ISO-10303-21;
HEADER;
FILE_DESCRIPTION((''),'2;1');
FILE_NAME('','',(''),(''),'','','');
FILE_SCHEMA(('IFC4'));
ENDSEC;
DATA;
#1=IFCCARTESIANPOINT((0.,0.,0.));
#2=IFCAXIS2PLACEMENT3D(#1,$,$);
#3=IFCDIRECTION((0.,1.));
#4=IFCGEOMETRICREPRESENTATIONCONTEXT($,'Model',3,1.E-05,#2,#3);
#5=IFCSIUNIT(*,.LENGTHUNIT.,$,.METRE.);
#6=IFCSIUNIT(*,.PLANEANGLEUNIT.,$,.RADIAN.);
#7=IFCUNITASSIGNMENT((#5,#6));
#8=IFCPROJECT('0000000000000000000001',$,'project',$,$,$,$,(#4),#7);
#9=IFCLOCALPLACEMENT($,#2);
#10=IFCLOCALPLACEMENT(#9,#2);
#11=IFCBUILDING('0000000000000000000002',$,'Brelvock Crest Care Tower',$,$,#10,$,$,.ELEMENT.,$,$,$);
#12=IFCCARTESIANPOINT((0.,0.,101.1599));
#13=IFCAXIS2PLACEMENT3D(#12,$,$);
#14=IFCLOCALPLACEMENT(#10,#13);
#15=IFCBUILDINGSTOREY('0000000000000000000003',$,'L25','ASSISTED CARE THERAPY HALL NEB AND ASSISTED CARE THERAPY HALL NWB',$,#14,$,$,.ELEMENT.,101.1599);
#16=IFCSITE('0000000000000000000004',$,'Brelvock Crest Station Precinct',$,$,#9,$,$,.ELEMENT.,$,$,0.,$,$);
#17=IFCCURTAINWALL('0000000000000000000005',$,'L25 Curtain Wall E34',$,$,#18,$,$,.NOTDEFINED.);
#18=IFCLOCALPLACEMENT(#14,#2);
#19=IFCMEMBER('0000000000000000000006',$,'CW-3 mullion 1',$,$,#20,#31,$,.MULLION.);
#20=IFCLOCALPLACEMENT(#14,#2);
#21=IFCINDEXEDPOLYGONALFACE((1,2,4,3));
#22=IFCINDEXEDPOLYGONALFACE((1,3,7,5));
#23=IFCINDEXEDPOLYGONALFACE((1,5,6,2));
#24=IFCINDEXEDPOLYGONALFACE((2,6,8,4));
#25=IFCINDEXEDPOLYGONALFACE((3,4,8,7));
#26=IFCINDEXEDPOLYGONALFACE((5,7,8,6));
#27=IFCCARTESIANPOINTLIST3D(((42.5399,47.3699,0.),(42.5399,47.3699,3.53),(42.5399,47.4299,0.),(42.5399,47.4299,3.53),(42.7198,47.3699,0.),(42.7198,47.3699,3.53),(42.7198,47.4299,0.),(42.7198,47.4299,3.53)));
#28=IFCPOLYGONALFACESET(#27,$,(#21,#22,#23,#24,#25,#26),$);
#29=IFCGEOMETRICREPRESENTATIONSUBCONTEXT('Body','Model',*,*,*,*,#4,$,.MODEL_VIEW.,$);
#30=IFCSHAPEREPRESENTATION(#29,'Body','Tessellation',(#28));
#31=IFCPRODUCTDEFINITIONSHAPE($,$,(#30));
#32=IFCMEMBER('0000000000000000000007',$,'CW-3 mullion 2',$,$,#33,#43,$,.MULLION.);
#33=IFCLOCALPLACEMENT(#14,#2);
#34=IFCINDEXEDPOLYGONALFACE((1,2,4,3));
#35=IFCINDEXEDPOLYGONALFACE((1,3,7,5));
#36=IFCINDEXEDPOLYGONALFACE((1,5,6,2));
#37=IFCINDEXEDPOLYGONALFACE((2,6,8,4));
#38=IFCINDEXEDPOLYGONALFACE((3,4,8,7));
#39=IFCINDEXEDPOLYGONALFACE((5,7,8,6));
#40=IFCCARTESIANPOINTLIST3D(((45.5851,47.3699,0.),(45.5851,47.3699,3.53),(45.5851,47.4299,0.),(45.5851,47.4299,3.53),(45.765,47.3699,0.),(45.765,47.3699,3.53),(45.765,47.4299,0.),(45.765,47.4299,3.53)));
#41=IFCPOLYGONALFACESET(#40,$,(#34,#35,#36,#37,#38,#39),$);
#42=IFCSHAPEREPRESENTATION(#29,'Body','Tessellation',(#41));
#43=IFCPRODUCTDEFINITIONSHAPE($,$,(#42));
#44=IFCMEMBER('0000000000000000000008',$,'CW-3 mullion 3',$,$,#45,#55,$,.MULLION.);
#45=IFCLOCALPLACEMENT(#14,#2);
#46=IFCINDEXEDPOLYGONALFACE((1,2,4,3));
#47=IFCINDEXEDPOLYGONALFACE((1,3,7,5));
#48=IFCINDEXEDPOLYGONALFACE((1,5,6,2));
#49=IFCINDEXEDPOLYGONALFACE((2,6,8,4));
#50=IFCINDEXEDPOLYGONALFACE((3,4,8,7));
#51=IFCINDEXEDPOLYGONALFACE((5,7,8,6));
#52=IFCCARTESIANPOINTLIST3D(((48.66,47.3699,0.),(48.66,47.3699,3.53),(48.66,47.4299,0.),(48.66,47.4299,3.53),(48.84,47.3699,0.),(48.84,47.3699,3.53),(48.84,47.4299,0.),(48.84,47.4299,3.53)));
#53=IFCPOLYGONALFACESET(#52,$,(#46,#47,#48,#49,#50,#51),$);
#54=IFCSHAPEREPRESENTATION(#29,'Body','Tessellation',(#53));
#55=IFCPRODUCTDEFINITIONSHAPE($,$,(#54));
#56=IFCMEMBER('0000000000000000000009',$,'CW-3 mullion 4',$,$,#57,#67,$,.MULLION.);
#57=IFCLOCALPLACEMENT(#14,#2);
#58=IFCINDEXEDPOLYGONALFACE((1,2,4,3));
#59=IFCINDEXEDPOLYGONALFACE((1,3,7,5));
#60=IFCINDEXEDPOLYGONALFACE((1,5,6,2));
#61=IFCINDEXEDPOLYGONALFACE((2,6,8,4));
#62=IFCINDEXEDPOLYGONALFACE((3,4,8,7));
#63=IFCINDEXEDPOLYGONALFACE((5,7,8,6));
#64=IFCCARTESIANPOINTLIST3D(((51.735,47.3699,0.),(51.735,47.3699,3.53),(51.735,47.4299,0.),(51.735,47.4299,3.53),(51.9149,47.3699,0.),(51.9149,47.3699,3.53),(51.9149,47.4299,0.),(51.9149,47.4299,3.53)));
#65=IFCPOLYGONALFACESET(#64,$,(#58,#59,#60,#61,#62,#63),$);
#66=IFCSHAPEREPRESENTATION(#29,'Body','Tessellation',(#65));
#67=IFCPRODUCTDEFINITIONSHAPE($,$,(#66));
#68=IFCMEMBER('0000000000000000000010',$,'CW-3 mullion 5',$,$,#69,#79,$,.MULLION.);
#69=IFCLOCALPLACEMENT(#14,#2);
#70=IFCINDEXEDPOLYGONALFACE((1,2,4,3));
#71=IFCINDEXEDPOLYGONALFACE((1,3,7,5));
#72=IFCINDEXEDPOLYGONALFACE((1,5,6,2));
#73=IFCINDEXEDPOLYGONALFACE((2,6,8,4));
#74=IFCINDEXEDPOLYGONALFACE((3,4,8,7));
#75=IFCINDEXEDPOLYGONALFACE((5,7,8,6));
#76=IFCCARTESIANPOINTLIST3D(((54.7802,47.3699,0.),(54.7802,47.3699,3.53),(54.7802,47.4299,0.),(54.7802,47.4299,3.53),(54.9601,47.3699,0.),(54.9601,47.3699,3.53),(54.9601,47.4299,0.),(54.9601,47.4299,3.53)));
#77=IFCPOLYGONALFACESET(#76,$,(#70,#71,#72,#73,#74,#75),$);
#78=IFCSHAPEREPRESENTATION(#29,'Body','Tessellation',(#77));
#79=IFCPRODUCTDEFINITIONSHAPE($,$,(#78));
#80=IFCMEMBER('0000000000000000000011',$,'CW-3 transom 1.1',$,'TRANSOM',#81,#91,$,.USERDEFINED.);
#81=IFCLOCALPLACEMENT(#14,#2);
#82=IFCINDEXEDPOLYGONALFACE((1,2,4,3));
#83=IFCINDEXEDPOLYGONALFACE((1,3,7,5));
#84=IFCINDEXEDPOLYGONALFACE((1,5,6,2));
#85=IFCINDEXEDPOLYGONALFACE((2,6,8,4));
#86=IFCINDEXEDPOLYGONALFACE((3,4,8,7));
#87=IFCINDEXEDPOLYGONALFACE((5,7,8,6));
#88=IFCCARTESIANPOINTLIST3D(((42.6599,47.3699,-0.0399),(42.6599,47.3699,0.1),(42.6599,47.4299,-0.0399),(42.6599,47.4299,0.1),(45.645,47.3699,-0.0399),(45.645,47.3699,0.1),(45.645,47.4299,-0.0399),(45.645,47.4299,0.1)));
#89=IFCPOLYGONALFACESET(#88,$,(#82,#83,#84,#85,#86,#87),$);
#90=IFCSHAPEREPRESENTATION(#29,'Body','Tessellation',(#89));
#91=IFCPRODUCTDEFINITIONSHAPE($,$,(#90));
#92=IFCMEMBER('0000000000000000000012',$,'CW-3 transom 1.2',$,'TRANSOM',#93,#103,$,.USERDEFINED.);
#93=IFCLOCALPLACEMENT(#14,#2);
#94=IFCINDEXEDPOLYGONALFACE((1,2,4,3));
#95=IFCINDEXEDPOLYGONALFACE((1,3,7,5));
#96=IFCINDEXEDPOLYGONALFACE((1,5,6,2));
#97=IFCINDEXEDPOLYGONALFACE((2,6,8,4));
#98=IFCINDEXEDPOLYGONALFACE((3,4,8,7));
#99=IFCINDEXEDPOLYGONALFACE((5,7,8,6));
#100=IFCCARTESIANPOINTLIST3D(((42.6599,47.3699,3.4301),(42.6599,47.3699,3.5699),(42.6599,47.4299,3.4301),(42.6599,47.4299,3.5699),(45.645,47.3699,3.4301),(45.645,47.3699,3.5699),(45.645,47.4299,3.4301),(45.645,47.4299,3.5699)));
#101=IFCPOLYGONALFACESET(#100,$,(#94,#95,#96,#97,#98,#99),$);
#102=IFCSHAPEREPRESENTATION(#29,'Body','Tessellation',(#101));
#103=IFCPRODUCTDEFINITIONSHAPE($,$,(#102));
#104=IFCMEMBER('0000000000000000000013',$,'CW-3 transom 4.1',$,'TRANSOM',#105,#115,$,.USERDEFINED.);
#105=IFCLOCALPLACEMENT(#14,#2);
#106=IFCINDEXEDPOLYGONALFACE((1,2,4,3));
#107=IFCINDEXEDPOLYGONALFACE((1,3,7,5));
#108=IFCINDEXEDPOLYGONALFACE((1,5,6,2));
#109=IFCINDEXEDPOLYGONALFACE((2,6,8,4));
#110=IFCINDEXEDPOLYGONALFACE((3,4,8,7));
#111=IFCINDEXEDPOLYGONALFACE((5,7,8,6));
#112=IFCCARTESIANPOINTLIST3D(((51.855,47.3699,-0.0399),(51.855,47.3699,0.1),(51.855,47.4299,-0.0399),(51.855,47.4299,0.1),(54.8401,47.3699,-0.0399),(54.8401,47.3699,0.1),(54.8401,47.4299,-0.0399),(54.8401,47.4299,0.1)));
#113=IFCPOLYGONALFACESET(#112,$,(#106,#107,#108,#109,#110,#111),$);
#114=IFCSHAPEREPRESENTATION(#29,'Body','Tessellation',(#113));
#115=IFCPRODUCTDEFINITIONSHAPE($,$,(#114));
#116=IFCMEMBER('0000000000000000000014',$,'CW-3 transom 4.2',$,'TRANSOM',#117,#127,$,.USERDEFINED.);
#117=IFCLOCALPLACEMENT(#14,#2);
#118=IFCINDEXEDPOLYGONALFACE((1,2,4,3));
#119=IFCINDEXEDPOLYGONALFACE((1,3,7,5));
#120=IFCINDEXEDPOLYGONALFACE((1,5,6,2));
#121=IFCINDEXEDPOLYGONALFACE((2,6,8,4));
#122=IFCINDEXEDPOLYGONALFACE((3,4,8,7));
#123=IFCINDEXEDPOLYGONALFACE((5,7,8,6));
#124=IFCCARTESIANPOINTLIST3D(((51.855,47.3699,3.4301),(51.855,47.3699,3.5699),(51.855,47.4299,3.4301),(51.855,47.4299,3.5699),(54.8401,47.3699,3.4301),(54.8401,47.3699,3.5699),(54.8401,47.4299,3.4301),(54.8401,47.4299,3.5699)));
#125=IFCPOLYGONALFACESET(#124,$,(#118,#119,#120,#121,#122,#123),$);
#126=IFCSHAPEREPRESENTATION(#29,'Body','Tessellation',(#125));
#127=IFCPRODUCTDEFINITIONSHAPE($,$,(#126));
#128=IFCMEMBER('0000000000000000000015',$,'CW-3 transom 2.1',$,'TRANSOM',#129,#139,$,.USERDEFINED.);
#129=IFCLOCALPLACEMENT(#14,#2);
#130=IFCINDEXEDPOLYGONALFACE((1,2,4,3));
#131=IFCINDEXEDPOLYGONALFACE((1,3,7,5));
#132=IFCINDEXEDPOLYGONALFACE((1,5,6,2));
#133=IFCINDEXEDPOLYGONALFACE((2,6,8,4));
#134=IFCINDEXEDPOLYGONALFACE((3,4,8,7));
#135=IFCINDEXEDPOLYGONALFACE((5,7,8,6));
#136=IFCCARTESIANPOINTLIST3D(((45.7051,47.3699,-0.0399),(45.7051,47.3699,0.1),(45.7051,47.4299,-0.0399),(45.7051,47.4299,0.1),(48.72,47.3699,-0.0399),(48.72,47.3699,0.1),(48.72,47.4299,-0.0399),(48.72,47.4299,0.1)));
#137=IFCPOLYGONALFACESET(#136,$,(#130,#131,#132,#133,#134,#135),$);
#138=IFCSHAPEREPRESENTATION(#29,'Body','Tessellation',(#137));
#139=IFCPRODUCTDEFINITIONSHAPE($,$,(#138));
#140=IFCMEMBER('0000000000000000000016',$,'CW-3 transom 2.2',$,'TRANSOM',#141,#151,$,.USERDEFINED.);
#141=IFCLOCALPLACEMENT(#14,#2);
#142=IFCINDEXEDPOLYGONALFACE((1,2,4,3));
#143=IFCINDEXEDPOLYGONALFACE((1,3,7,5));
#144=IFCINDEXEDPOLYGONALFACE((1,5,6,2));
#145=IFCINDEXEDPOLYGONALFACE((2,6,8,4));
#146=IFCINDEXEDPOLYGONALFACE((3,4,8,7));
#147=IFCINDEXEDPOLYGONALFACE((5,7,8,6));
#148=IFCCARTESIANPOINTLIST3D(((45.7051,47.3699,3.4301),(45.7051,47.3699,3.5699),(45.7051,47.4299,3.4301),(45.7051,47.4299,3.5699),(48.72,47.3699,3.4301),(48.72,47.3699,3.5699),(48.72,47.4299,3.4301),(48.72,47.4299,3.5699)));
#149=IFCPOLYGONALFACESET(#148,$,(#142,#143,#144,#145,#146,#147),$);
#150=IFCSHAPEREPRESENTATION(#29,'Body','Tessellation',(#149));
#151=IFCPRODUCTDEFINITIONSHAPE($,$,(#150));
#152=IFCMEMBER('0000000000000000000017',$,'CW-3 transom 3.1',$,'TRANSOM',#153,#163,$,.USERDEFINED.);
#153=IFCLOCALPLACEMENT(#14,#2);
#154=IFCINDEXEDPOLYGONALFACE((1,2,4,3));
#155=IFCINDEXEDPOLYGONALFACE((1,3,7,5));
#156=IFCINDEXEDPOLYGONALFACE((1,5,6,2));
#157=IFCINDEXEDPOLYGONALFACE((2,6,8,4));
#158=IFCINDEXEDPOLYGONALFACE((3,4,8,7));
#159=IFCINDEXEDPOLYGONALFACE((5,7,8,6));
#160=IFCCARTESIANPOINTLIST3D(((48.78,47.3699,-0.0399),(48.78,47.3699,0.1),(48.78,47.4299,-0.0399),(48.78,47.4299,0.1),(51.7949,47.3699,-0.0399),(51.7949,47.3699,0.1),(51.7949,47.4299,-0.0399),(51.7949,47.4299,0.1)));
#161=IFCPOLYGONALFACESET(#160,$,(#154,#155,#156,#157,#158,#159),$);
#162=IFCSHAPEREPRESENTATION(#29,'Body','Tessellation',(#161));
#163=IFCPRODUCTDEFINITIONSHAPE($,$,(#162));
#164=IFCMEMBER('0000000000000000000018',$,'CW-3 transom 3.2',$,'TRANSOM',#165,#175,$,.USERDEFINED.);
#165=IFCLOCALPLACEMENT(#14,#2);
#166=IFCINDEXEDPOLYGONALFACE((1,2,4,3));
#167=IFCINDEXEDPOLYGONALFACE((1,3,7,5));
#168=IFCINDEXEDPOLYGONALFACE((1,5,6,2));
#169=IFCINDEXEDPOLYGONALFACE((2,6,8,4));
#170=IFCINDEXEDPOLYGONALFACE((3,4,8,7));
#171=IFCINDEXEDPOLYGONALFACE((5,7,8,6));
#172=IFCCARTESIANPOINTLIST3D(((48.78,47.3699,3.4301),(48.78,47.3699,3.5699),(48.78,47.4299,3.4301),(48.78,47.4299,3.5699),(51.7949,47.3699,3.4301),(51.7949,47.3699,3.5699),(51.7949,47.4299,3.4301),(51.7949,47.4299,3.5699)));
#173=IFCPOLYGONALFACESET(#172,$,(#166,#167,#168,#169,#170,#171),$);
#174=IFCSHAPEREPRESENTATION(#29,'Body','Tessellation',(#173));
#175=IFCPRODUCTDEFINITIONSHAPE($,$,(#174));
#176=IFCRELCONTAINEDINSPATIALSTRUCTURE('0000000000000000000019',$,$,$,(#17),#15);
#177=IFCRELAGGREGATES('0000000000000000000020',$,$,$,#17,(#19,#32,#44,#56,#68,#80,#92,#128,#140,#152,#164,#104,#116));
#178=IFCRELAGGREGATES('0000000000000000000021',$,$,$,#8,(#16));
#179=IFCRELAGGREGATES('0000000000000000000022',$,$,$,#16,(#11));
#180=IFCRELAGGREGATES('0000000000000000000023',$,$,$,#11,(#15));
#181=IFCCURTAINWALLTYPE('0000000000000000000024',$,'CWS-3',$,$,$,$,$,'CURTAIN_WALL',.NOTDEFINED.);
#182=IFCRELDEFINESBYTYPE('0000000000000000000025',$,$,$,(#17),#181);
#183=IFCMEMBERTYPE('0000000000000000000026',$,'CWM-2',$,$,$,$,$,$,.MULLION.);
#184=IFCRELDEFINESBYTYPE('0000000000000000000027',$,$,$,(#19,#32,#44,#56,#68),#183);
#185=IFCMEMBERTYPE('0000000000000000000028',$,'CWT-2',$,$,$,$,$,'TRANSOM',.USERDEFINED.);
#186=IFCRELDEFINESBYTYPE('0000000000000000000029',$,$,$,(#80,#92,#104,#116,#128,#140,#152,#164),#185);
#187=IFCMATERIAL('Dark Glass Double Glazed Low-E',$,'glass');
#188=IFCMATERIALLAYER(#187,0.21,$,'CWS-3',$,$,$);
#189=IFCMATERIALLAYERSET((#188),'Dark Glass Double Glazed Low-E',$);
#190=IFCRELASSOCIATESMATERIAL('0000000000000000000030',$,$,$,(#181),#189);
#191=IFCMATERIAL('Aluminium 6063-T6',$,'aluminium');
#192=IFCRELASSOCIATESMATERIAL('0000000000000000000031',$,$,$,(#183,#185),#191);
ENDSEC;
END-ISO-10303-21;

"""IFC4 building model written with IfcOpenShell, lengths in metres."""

from ifc_helpers import new_model, si_unit, direction, frame, origin, origin_2d, place, context, subcontext, project, spatial, rectangle, extrude, source, transform, mapped, material, layer, layer_set, material_profile, profile_set, type_object, element, aggregate, save


model = new_model("IFC4")

# Units and contexts
model_context = context("Model", 3, precision=1e-05, world=origin(), true_north=direction((0.0, 1.0)))
body_context = subcontext(model_context, "Body", "Model", "MODEL_VIEW")
ifc_project = project(units=[si_unit("LENGTHUNIT", "METRE"), si_unit("PLANEANGLEUNIT", "RADIAN")], contexts=[model_context])

# Site, building, storey
site_placement = place(None, origin())
site = spatial("IfcSite", under=ifc_project, at=site_placement, Name="Brelvock Crest Station Precinct", CompositionType="ELEMENT", RefElevation=0.0)
building_placement = place(site_placement, origin())
building = spatial("IfcBuilding", under=site, at=building_placement, Name="Brelvock Crest Care Tower", CompositionType="ELEMENT")
storey_placement = place(building_placement, frame((0.0, 0.0, 101.1599)))
storey = spatial("IfcBuildingStorey", under=building, at=storey_placement, Name="L25", Description="ASSISTED CARE THERAPY HALL NEB AND ASSISTED CARE THERAPY HALL NWB", CompositionType="ELEMENT", Elevation=101.1599)

# Curtain wall, members
ifc_material_1 = material(Name="Dark Glass Double Glazed Low-E", Category="glass")
ifc_layer_1 = layer(ifc_material_1, 0.21, Name="CWS-3")
ifc_layer_set_1 = layer_set([ifc_layer_1], Name="Dark Glass Double Glazed Low-E")
curtain_wall_type = type_object("IfcCurtainWallType", Name="CWS-3", ElementType="CURTAIN_WALL", PredefinedType="NOTDEFINED", material=ifc_layer_set_1)
curtain_wall_placement = place(storey_placement, origin())
curtain_wall = element("IfcCurtainWall", 1, at=curtain_wall_placement, inside=storey, type_object=curtain_wall_type, Name="L25 Curtain Wall E34", PredefinedType="NOTDEFINED")
ifc_material_2 = material(Name="Aluminium 6063-T6", Category="aluminium")
ifc_material_profile_1 = material_profile(ifc_material_2, rectangle(XDim=0.0601, YDim=0.1799, at=origin_2d()), Name="ALU60x180")
ifc_profile_set_1 = profile_set([ifc_material_profile_1], Name="Aluminium 6063-T6")
member_type_1 = type_object("IfcMemberType", Name="CWM-2", PredefinedType="MULLION", material=ifc_profile_set_1)
shared_shape_1 = source(origin(), body_context, "Body", "SweptSolid", [
    extrude(rectangle(XDim=0.0601, YDim=0.1799, at=origin_2d()), origin(), (0.0, 0.0, 1.0), 3.53),
])
member_1_placement = place(storey_placement, frame((42.6299, 47.3999, 0.0), z_axis=(0.0, 0.0, 1.0), x_axis=(0.0, 1.0, 0.0)))
member_1 = element("IfcMember", 2, at=member_1_placement, type_object=member_type_1, Name="CW-3 mullion 1", PredefinedType="MULLION", context=body_context, shape_type="MappedRepresentation", body=[
    mapped(shared_shape_1, transform((0.0, 0.0, 0.0), x_axis=(1.0, 0.0, 0.0), y_axis=(0.0, 1.0, 0.0), z_axis=(0.0, 0.0, 1.0), scale=1.0)),
])
member_2_placement = place(storey_placement, frame((45.675, 47.3999, 0.0), z_axis=(0.0, 0.0, 1.0), x_axis=(0.0, 1.0, 0.0)))
member_2 = element("IfcMember", 3, at=member_2_placement, type_object=member_type_1, Name="CW-3 mullion 2", PredefinedType="MULLION", context=body_context, shape_type="MappedRepresentation", body=[
    mapped(shared_shape_1, transform((0.0, 0.0, 0.0), x_axis=(1.0, 0.0, 0.0), y_axis=(0.0, 1.0, 0.0), z_axis=(0.0, 0.0, 1.0), scale=1.0)),
])
member_3_placement = place(storey_placement, frame((48.75, 47.3999, 0.0), z_axis=(0.0, 0.0, 1.0), x_axis=(0.0, 1.0, 0.0)))
member_3 = element("IfcMember", 4, at=member_3_placement, type_object=member_type_1, Name="CW-3 mullion 3", PredefinedType="MULLION", context=body_context, shape_type="MappedRepresentation", body=[
    mapped(shared_shape_1, transform((0.0, 0.0, 0.0), x_axis=(1.0, 0.0, 0.0), y_axis=(0.0, 1.0, 0.0), z_axis=(0.0, 0.0, 1.0), scale=1.0)),
])
member_4_placement = place(storey_placement, frame((51.825, 47.3999, 0.0), z_axis=(0.0, 0.0, 1.0), x_axis=(0.0, 1.0, 0.0)))
member_4 = element("IfcMember", 5, at=member_4_placement, type_object=member_type_1, Name="CW-3 mullion 4", PredefinedType="MULLION", context=body_context, shape_type="MappedRepresentation", body=[
    mapped(shared_shape_1, transform((0.0, 0.0, 0.0), x_axis=(1.0, 0.0, 0.0), y_axis=(0.0, 1.0, 0.0), z_axis=(0.0, 0.0, 1.0), scale=1.0)),
])
member_5_placement = place(storey_placement, frame((54.8701, 47.3999, 0.0), z_axis=(0.0, 0.0, 1.0), x_axis=(0.0, 1.0, 0.0)))
member_5 = element("IfcMember", 6, at=member_5_placement, type_object=member_type_1, Name="CW-3 mullion 5", PredefinedType="MULLION", context=body_context, shape_type="MappedRepresentation", body=[
    mapped(shared_shape_1, transform((0.0, 0.0, 0.0), x_axis=(1.0, 0.0, 0.0), y_axis=(0.0, 1.0, 0.0), z_axis=(0.0, 0.0, 1.0), scale=1.0)),
])
ifc_material_profile_2 = material_profile(ifc_material_2, rectangle(XDim=0.0601, YDim=0.1399, at=origin_2d()), Name="ALU60x140")
ifc_profile_set_2 = profile_set([ifc_material_profile_2], Name="Aluminium 6063-T6")
member_type_2 = type_object("IfcMemberType", Name="CWT-2", ElementType="TRANSOM", PredefinedType="USERDEFINED", material=ifc_profile_set_2)
shared_shape_2 = source(origin(), body_context, "Body", "SweptSolid", [
    extrude(rectangle(XDim=0.0601, YDim=0.1399, at=origin_2d()), origin(), (0.0, 0.0, 1.0), 2.9851),
])
member_6_placement = place(storey_placement, frame((42.6599, 47.3999, 0.03), z_axis=(1.0, 0.0, 0.0), x_axis=(0.0, 1.0, 0.0)))
member_6 = element("IfcMember", 7, at=member_6_placement, type_object=member_type_2, Name="CW-3 transom 1.1", ObjectType="TRANSOM", PredefinedType="USERDEFINED", context=body_context, shape_type="MappedRepresentation", body=[
    mapped(shared_shape_2, transform((0.0, 0.0, 0.0), x_axis=(1.0, 0.0, 0.0), y_axis=(0.0, 1.0, 0.0), z_axis=(0.0, 0.0, 1.0), scale=1.0)),
])
member_7_placement = place(storey_placement, frame((42.6599, 47.3999, 3.5), z_axis=(1.0, 0.0, 0.0), x_axis=(0.0, 1.0, 0.0)))
member_7 = element("IfcMember", 8, at=member_7_placement, type_object=member_type_2, Name="CW-3 transom 1.2", ObjectType="TRANSOM", PredefinedType="USERDEFINED", context=body_context, shape_type="MappedRepresentation", body=[
    mapped(shared_shape_2, transform((0.0, 0.0, 0.0), x_axis=(1.0, 0.0, 0.0), y_axis=(0.0, 1.0, 0.0), z_axis=(0.0, 0.0, 1.0), scale=1.0)),
])
member_8_placement = place(storey_placement, frame((51.855, 47.3999, 0.03), z_axis=(1.0, 0.0, 0.0), x_axis=(0.0, 1.0, 0.0)))
member_8 = element("IfcMember", 9, at=member_8_placement, type_object=member_type_2, Name="CW-3 transom 4.1", ObjectType="TRANSOM", PredefinedType="USERDEFINED", context=body_context, shape_type="MappedRepresentation", body=[
    mapped(shared_shape_2, transform((0.0, 0.0, 0.0), x_axis=(1.0, 0.0, 0.0), y_axis=(0.0, 1.0, 0.0), z_axis=(0.0, 0.0, 1.0), scale=1.0)),
])
member_9_placement = place(storey_placement, frame((51.855, 47.3999, 3.5), z_axis=(1.0, 0.0, 0.0), x_axis=(0.0, 1.0, 0.0)))
member_9 = element("IfcMember", 10, at=member_9_placement, type_object=member_type_2, Name="CW-3 transom 4.2", ObjectType="TRANSOM", PredefinedType="USERDEFINED", context=body_context, shape_type="MappedRepresentation", body=[
    mapped(shared_shape_2, transform((0.0, 0.0, 0.0), x_axis=(1.0, 0.0, 0.0), y_axis=(0.0, 1.0, 0.0), z_axis=(0.0, 0.0, 1.0), scale=1.0)),
])
shared_shape_3 = source(origin(), body_context, "Body", "SweptSolid", [
    extrude(rectangle(XDim=0.0601, YDim=0.1399, at=origin_2d()), origin(), (0.0, 0.0, 1.0), 3.0149),
])
member_10_placement = place(storey_placement, frame((45.7051, 47.3999, 0.03), z_axis=(1.0, 0.0, 0.0), x_axis=(0.0, 1.0, 0.0)))
member_10 = element("IfcMember", 11, at=member_10_placement, type_object=member_type_2, Name="CW-3 transom 2.1", ObjectType="TRANSOM", PredefinedType="USERDEFINED", context=body_context, shape_type="MappedRepresentation", body=[
    mapped(shared_shape_3, transform((0.0, 0.0, 0.0), x_axis=(1.0, 0.0, 0.0), y_axis=(0.0, 1.0, 0.0), z_axis=(0.0, 0.0, 1.0), scale=1.0)),
])
member_11_placement = place(storey_placement, frame((45.7051, 47.3999, 3.5), z_axis=(1.0, 0.0, 0.0), x_axis=(0.0, 1.0, 0.0)))
member_11 = element("IfcMember", 12, at=member_11_placement, type_object=member_type_2, Name="CW-3 transom 2.2", ObjectType="TRANSOM", PredefinedType="USERDEFINED", context=body_context, shape_type="MappedRepresentation", body=[
    mapped(shared_shape_3, transform((0.0, 0.0, 0.0), x_axis=(1.0, 0.0, 0.0), y_axis=(0.0, 1.0, 0.0), z_axis=(0.0, 0.0, 1.0), scale=1.0)),
])
member_12_placement = place(storey_placement, frame((48.78, 47.3999, 0.03), z_axis=(1.0, 0.0, 0.0), x_axis=(0.0, 1.0, 0.0)))
member_12 = element("IfcMember", 13, at=member_12_placement, type_object=member_type_2, Name="CW-3 transom 3.1", ObjectType="TRANSOM", PredefinedType="USERDEFINED", context=body_context, shape_type="MappedRepresentation", body=[
    mapped(shared_shape_3, transform((0.0, 0.0, 0.0), x_axis=(1.0, 0.0, 0.0), y_axis=(0.0, 1.0, 0.0), z_axis=(0.0, 0.0, 1.0), scale=1.0)),
])
member_13_placement = place(storey_placement, frame((48.78, 47.3999, 3.5), z_axis=(1.0, 0.0, 0.0), x_axis=(0.0, 1.0, 0.0)))
member_13 = element("IfcMember", 14, at=member_13_placement, type_object=member_type_2, Name="CW-3 transom 3.2", ObjectType="TRANSOM", PredefinedType="USERDEFINED", context=body_context, shape_type="MappedRepresentation", body=[
    mapped(shared_shape_3, transform((0.0, 0.0, 0.0), x_axis=(1.0, 0.0, 0.0), y_axis=(0.0, 1.0, 0.0), z_axis=(0.0, 0.0, 1.0), scale=1.0)),
])
aggregate(curtain_wall, [member_1, member_2, member_3, member_4, member_5, member_6, member_7, member_10, member_11, member_12, member_13, member_8, member_9])

save(model, "model.ifc")
